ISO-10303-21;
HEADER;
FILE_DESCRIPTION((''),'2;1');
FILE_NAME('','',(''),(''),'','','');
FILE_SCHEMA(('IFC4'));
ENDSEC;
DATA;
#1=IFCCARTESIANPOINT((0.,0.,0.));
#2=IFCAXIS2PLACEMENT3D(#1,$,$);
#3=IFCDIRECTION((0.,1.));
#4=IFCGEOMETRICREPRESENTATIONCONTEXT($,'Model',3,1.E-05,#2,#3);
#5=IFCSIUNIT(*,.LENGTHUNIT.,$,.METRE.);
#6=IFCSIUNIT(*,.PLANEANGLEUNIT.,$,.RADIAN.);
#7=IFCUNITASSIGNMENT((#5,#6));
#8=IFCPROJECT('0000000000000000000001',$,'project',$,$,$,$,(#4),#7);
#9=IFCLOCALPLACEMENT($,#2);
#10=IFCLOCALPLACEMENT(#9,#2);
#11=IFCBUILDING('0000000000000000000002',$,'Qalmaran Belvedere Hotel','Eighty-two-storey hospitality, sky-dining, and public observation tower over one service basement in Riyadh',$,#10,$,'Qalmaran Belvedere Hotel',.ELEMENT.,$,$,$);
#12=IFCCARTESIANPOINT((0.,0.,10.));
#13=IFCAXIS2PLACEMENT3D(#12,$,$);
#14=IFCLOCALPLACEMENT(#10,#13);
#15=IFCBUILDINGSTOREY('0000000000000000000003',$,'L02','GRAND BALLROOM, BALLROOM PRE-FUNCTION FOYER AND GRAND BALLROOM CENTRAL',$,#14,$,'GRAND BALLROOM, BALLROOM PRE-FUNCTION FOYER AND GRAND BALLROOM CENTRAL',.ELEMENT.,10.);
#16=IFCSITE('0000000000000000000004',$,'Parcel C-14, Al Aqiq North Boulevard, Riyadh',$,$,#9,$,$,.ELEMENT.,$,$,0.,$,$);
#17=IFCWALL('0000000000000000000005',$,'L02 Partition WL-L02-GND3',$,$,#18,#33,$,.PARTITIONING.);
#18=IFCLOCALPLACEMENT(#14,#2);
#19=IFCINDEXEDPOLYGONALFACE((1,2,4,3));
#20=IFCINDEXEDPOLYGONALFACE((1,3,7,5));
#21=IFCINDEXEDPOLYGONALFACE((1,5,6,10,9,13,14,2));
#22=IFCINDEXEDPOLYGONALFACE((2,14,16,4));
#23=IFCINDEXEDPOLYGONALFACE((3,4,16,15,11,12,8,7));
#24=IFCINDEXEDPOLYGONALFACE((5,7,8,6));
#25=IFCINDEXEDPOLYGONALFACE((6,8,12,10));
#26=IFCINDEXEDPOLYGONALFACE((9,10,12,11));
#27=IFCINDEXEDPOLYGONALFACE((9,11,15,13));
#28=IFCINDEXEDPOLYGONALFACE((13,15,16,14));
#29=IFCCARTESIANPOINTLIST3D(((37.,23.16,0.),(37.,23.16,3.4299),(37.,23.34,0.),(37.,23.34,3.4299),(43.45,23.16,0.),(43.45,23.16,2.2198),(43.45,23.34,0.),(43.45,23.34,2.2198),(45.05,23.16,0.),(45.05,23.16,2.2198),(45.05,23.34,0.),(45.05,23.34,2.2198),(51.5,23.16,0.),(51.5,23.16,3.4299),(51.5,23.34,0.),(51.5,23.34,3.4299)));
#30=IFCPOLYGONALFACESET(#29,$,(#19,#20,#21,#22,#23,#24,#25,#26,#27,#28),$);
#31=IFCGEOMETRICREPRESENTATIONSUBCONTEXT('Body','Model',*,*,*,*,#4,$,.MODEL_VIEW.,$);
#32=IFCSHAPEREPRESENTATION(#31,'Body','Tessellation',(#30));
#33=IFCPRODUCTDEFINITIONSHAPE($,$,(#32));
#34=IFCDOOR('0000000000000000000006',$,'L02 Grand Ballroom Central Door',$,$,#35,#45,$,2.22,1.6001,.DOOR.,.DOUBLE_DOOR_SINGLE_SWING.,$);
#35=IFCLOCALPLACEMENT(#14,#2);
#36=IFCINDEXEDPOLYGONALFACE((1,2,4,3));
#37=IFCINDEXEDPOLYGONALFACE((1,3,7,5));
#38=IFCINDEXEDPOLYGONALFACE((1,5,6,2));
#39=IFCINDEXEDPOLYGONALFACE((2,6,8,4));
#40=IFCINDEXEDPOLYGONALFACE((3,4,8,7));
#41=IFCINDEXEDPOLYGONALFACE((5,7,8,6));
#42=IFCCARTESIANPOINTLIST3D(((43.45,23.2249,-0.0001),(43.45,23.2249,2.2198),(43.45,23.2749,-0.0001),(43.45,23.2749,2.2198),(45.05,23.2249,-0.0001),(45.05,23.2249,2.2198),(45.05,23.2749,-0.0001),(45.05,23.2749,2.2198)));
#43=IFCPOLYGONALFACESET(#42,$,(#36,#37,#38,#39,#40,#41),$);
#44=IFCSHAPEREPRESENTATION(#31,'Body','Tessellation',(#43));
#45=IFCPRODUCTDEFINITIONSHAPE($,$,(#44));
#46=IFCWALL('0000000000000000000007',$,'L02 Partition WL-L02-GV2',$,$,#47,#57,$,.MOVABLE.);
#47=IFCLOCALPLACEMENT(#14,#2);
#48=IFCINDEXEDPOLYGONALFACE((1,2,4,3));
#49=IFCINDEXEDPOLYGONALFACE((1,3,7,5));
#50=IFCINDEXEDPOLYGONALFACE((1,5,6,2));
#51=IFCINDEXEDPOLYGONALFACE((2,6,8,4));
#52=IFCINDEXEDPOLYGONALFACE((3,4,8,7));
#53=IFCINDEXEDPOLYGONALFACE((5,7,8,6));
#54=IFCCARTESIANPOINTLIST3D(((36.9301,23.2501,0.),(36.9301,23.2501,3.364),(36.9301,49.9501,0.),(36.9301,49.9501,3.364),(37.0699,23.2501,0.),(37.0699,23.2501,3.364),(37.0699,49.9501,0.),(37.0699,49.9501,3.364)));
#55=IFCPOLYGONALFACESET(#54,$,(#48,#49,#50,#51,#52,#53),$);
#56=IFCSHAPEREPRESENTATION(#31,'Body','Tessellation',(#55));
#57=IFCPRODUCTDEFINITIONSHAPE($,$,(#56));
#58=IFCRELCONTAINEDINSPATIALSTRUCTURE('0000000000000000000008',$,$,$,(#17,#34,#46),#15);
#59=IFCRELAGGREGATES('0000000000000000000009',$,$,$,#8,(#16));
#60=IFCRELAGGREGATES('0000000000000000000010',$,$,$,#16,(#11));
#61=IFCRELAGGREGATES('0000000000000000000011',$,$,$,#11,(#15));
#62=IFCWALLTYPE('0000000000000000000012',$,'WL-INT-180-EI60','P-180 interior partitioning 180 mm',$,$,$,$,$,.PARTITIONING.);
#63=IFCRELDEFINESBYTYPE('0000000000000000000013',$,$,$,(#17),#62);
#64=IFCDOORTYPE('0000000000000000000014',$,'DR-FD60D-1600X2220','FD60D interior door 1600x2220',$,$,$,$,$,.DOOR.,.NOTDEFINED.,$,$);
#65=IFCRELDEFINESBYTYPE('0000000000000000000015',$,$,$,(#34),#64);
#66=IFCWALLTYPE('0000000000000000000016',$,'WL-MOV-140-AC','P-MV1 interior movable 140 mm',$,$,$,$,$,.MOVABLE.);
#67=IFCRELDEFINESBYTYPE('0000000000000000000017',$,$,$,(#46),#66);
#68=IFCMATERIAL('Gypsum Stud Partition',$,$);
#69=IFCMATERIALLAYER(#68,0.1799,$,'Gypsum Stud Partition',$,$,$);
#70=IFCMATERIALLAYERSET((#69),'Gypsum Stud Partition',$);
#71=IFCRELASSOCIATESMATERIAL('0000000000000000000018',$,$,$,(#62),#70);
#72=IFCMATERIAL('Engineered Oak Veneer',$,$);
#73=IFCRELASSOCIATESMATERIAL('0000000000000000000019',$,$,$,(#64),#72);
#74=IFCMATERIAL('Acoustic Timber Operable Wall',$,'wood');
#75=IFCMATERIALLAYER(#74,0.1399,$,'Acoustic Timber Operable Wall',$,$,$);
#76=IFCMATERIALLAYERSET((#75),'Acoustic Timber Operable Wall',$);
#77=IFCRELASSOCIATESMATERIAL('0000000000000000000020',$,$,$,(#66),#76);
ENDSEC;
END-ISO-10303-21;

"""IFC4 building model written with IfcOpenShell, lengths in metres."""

from ifc_helpers import new_model, si_unit, direction, frame, frame_2d, origin, place, context, subcontext, project, spatial, rectangle, extrude, material, layer, layer_set, type_object, element, fill, save


model = new_model("IFC4")

# Units and contexts
model_context = context("Model", 3, precision=1e-05, world=origin(), true_north=direction((0.0, 1.0)))
body_context = subcontext(model_context, "Body", "Model", "MODEL_VIEW")
ifc_project = project(units=[si_unit("LENGTHUNIT", "METRE"), si_unit("PLANEANGLEUNIT", "RADIAN")], contexts=[model_context])

# Site, building, storey
site_placement = place(None, origin())
site = spatial("IfcSite", under=ifc_project, at=site_placement, Name="Parcel C-14, Al Aqiq North Boulevard, Riyadh", CompositionType="ELEMENT", RefElevation=0.0)
building_placement = place(site_placement, origin())
building = spatial("IfcBuilding", under=site, at=building_placement, Name="Qalmaran Belvedere Hotel", Description="Eighty-two-storey hospitality, sky-dining, and public observation tower over one service basement in Riyadh", LongName="Qalmaran Belvedere Hotel", CompositionType="ELEMENT")
storey_placement = place(building_placement, frame((0.0, 0.0, 10.0)))
storey = spatial("IfcBuildingStorey", under=building, at=storey_placement, Name="L02", Description="GRAND BALLROOM, BALLROOM PRE-FUNCTION FOYER AND GRAND BALLROOM CENTRAL", LongName="GRAND BALLROOM, BALLROOM PRE-FUNCTION FOYER AND GRAND BALLROOM CENTRAL", CompositionType="ELEMENT", Elevation=10.0)

# Wall, opening, door
ifc_material_1 = material(Name="Gypsum Stud Partition")
ifc_layer_1 = layer(ifc_material_1, 0.1799, Name="Gypsum Stud Partition")
ifc_layer_set_1 = layer_set([ifc_layer_1], Name="Gypsum Stud Partition")
wall_type_1 = type_object("IfcWallType", Name="WL-INT-180-EI60", Description="P-180 interior partitioning 180 mm", PredefinedType="PARTITIONING", material=ifc_layer_set_1)
wall_1_placement = place(storey_placement, frame((37.0, 23.25, 0.0), z_axis=(0.0, 0.0, 1.0), x_axis=(1.0, 0.0, 0.0)))
wall_1 = element("IfcWall", 1, at=wall_1_placement, inside=storey, type_object=wall_type_1, Name="L02 Partition WL-L02-GND3", PredefinedType="PARTITIONING", context=body_context, shape_type="SweptSolid", body=[
    extrude(rectangle(XDim=14.5, YDim=0.1799, at=frame_2d((7.25, 0.0))), origin(), (0.0, 0.0, 1.0), 3.4299),
])
opening_placement = place(wall_1_placement, frame((6.45, 0.0, 0.0)))
opening = element("IfcOpeningElement", 2, at=opening_placement, cuts=wall_1, PredefinedType="OPENING", context=body_context, shape_type="SweptSolid", body=[
    extrude(rectangle(XDim=1.6001, YDim=2.22, at=frame_2d((0.8, 1.1099))), frame((0.0, 0.1001, 0.0), z_axis=(0.0, -1.0, 0.0), x_axis=(1.0, 0.0, 0.0)), (0.0, 0.0, 1.0), 0.2),
])
ifc_material_2 = material(Name="Engineered Oak Veneer")
door_type = type_object("IfcDoorType", Name="DR-FD60D-1600X2220", Description="FD60D interior door 1600x2220", OperationType="NOTDEFINED", PredefinedType="DOOR", material=ifc_material_2)
door_placement = place(opening_placement, origin())
door = element("IfcDoor", 3, at=door_placement, inside=storey, type_object=door_type, Name="L02 Grand Ballroom Central Door", OperationType="DOUBLE_DOOR_SINGLE_SWING", OverallHeight=2.22, OverallWidth=1.6001, PredefinedType="DOOR", context=body_context, shape_type="SweptSolid", body=[
    extrude(rectangle(XDim=1.6001, YDim=2.22, at=frame_2d((0.8, 1.1099))), frame((0.0, 0.0249, 0.0), z_axis=(0.0, -1.0, 0.0), x_axis=(1.0, 0.0, 0.0)), (0.0, 0.0, 1.0), 0.05),
])
fill(opening, door)

# Wall
ifc_material_3 = material(Name="Acoustic Timber Operable Wall", Category="wood")
ifc_layer_2 = layer(ifc_material_3, 0.1399, Name="Acoustic Timber Operable Wall")
ifc_layer_set_2 = layer_set([ifc_layer_2], Name="Acoustic Timber Operable Wall")
wall_type_2 = type_object("IfcWallType", Name="WL-MOV-140-AC", Description="P-MV1 interior movable 140 mm", PredefinedType="MOVABLE", material=ifc_layer_set_2)
wall_2_placement = place(storey_placement, frame((37.0, 23.25, 0.0), z_axis=(0.0, 0.0, 1.0), x_axis=(0.0, 1.0, 0.0)))
element("IfcWall", 4, at=wall_2_placement, inside=storey, type_object=wall_type_2, Name="L02 Partition WL-L02-GV2", PredefinedType="MOVABLE", context=body_context, shape_type="SweptSolid", body=[
    extrude(rectangle(XDim=26.7, YDim=0.1399, at=frame_2d((13.3501, 0.0))), origin(), (0.0, 0.0, 1.0), 3.364),
])

save(model, "model.ifc")
